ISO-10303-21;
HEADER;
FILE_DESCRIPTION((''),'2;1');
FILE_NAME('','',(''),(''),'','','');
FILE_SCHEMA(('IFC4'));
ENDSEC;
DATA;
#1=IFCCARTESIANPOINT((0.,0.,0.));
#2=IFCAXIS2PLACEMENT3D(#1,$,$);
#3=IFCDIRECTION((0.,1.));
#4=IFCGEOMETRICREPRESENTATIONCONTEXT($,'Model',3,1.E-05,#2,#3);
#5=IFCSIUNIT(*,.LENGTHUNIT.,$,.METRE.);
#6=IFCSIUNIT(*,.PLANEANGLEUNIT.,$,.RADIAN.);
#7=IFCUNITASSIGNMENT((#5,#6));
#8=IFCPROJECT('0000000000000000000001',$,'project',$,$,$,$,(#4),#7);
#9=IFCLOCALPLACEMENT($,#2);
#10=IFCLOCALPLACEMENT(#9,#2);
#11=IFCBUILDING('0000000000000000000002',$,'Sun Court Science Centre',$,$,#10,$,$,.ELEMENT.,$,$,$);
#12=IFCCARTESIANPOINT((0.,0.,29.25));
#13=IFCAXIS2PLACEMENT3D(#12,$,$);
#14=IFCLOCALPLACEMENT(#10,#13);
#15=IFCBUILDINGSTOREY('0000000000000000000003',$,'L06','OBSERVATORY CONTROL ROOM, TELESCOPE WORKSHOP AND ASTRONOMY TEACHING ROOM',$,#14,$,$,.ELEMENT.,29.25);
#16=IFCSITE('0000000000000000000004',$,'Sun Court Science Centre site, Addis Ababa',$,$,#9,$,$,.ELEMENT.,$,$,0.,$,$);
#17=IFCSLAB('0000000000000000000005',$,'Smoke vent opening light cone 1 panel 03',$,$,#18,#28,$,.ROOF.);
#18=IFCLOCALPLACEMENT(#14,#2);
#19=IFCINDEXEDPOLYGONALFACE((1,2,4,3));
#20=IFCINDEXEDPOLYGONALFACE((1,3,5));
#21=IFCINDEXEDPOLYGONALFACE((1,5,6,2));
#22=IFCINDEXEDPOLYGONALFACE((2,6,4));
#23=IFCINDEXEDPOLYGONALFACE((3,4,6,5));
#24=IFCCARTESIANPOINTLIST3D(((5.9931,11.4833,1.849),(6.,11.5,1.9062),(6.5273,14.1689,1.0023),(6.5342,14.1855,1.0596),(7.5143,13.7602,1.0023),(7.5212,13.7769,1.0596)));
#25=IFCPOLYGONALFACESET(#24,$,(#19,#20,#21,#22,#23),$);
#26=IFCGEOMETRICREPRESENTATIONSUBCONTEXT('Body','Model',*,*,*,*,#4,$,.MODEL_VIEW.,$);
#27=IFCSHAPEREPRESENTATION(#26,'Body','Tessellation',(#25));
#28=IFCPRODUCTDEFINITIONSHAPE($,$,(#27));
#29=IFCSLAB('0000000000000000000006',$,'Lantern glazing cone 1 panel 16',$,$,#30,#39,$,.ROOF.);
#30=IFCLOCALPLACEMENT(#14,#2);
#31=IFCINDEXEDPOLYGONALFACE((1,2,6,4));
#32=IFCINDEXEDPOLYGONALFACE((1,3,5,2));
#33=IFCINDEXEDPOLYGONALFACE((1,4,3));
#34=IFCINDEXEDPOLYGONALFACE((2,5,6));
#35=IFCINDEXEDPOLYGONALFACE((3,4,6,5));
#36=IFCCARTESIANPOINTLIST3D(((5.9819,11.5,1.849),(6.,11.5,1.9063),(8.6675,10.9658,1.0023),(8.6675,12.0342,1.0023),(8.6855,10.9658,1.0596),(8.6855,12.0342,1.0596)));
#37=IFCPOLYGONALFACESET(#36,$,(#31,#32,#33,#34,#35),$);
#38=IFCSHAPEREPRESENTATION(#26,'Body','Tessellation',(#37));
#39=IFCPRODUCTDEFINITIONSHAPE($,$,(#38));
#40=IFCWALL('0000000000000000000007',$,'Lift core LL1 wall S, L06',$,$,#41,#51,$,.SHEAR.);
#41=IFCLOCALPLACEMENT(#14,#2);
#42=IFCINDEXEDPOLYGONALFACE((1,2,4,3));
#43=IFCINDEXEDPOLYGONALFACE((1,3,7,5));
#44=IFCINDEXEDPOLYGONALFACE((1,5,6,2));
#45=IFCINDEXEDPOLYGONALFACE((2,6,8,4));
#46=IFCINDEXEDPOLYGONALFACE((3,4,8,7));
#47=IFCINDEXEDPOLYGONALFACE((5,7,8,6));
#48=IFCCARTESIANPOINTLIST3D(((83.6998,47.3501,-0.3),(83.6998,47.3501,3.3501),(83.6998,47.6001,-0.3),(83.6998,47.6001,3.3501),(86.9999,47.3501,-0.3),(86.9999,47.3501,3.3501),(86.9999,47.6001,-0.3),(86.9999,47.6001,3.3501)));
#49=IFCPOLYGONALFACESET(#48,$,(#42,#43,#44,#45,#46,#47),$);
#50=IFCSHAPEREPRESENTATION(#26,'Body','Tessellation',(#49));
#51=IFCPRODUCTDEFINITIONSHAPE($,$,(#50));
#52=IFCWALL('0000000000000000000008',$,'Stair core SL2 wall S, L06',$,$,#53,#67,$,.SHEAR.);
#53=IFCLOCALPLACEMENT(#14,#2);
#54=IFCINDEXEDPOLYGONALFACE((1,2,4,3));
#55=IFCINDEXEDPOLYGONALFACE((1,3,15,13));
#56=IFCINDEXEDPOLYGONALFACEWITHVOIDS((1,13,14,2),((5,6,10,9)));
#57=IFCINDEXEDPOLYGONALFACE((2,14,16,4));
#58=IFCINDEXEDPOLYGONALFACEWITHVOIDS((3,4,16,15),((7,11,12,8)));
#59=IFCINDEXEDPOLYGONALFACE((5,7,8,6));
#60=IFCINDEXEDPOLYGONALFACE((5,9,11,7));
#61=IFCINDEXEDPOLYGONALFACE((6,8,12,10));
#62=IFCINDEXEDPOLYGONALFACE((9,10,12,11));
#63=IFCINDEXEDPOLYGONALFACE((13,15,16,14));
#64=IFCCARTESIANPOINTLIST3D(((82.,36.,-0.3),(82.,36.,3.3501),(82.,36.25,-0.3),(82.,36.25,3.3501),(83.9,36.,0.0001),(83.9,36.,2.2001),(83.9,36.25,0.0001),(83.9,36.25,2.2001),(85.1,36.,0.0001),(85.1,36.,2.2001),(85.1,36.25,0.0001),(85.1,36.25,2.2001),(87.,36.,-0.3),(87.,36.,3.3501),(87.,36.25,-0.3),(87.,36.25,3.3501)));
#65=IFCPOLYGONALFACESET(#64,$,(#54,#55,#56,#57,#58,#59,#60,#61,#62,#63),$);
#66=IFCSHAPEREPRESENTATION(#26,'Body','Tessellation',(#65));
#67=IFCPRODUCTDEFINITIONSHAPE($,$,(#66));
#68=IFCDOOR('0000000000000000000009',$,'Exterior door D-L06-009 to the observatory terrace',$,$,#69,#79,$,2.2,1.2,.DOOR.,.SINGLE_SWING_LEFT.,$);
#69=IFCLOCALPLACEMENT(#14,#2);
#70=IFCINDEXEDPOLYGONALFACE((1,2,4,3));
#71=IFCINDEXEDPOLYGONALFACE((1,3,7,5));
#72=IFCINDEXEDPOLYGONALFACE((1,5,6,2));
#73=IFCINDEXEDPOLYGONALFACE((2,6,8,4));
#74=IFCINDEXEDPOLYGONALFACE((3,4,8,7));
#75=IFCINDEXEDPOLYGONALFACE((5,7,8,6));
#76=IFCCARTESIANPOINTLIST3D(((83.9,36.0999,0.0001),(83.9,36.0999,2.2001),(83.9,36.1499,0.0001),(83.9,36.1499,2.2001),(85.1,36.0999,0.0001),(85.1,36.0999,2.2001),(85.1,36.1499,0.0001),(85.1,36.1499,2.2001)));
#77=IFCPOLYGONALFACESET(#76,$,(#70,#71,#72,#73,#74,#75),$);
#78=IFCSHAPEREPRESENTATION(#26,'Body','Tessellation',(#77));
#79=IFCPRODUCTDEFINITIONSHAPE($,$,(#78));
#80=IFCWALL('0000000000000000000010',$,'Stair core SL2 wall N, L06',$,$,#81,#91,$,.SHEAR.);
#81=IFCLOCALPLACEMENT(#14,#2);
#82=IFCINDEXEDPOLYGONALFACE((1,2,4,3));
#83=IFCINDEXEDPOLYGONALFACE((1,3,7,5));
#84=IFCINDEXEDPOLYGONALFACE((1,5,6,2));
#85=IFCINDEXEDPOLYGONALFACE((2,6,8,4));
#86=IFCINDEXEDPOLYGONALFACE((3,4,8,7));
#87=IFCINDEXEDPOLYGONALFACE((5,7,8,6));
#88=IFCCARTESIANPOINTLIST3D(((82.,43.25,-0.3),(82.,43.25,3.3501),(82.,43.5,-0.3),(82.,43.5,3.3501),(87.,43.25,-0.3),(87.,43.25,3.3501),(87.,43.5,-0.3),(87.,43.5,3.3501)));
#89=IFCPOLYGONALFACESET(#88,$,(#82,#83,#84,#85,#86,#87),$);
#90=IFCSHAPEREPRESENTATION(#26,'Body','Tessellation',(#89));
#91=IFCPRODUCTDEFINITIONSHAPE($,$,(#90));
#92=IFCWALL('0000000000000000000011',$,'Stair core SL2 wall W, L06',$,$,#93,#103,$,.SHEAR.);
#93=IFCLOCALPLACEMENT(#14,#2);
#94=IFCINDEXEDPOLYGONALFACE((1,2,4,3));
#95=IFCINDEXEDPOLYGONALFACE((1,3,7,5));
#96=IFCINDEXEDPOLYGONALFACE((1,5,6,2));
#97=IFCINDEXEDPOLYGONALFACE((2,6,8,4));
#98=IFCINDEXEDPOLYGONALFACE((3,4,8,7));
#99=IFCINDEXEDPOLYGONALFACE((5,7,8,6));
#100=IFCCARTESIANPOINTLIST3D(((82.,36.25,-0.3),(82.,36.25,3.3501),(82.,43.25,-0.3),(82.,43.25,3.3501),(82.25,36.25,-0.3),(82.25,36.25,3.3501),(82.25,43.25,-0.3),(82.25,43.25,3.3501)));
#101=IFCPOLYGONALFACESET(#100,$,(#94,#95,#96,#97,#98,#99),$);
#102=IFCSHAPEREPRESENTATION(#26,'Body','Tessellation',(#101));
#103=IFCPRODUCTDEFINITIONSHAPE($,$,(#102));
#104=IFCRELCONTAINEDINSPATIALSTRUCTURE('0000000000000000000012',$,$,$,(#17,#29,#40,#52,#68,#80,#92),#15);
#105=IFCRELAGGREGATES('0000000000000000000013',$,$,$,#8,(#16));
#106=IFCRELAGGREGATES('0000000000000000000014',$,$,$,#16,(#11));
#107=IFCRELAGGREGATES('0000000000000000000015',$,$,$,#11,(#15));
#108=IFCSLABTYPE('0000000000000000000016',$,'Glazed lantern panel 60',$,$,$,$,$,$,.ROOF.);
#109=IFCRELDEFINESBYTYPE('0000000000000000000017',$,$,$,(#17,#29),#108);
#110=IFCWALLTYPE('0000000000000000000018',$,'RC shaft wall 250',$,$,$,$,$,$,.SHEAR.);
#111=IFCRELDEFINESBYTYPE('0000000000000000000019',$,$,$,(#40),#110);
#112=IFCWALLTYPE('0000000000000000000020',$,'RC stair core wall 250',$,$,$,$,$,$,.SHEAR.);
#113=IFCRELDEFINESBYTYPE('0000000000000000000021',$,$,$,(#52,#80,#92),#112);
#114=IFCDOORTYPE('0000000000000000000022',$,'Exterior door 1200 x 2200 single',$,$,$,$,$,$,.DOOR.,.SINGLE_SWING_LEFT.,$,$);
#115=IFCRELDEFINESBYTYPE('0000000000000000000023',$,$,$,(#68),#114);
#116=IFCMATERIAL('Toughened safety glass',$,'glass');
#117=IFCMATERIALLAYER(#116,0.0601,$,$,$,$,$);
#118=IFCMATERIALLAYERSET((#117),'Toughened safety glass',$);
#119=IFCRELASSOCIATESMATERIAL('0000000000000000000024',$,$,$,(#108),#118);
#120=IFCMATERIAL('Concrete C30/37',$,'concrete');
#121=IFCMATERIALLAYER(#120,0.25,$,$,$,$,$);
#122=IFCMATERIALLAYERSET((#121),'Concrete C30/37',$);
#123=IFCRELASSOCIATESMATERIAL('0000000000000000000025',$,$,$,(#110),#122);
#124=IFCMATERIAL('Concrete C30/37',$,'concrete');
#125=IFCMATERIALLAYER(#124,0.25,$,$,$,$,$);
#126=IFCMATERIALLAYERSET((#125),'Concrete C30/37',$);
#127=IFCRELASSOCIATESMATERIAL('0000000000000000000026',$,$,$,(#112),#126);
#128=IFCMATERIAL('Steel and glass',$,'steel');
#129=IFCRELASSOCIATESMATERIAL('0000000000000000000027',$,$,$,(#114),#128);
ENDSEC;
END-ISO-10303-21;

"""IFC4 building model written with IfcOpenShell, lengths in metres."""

from ifc_helpers import new_model, si_unit, direction, frame, frame_2d, origin, place, context, subcontext, project, spatial, polyline, rectangle, outline, extrude, material, layer, layer_set, type_object, element, fill, save


model = new_model("IFC4")

# Units and contexts
model_context = context("Model", 3, precision=1e-05, world=origin(), true_north=direction((0.0, 1.0)))
body_context = subcontext(model_context, "Body", "Model", "MODEL_VIEW")
ifc_project = project(units=[si_unit("LENGTHUNIT", "METRE"), si_unit("PLANEANGLEUNIT", "RADIAN")], contexts=[model_context])

# Site, building, storey
site_placement = place(None, origin())
site = spatial("IfcSite", under=ifc_project, at=site_placement, Name="Sun Court Science Centre site, Addis Ababa", CompositionType="ELEMENT", RefElevation=0.0)
building_placement = place(site_placement, origin())
building = spatial("IfcBuilding", under=site, at=building_placement, Name="Sun Court Science Centre", CompositionType="ELEMENT")
storey_placement = place(building_placement, frame((0.0, 0.0, 29.25)))
storey = spatial("IfcBuildingStorey", under=building, at=storey_placement, Name="L06", Description="OBSERVATORY CONTROL ROOM, TELESCOPE WORKSHOP AND ASTRONOMY TEACHING ROOM", CompositionType="ELEMENT", Elevation=29.25)

# Slabs
ifc_material_1 = material(Name="Toughened safety glass", Category="glass")
ifc_layer_1 = layer(ifc_material_1, 0.0601)
ifc_layer_set_1 = layer_set([ifc_layer_1], Name="Toughened safety glass")
slab_type = type_object("IfcSlabType", Name="Glazed lantern panel 60", PredefinedType="ROOF", material=ifc_layer_set_1)
slab_1_placement = place(storey_placement, frame((7.5212, 13.7769, 1.0596), z_axis=(0.115025, 0.277804, 0.953726), x_axis=(-0.923933, 0.382554, 0.0)))
element("IfcSlab", 1, at=slab_1_placement, inside=storey, type_object=slab_type, Name="Smoke vent opening light cone 1 panel 03", PredefinedType="ROOF", context=body_context, shape_type="SweptSolid", body=[
    extrude(outline(polyline([(0.0, 0.0), (1.0683, 0.0), (0.5345, 2.8159), (0.0, 0.0)])), origin(), (0.0, 0.0, -1.0), 0.0601),
])
slab_2_placement = place(storey_placement, frame((8.6855, 10.9658, 1.0596), z_axis=(0.300683, 0.0, 0.953724), x_axis=(0.0, 1.0, 0.0)))
element("IfcSlab", 2, at=slab_2_placement, inside=storey, type_object=slab_type, Name="Lantern glazing cone 1 panel 16", PredefinedType="ROOF", context=body_context, shape_type="SweptSolid", body=[
    extrude(outline(polyline([(0.0, 0.0), (1.0684, 0.0), (0.5342, 2.8159), (0.0, 0.0)])), origin(), (0.0, 0.0, -1.0), 0.0601),
])

# Wall
ifc_material_2 = material(Name="Concrete C30/37", Category="concrete")
ifc_layer_2 = layer(ifc_material_2, 0.25)
ifc_layer_set_2 = layer_set([ifc_layer_2], Name="Concrete C30/37")
wall_type_1 = type_object("IfcWallType", Name="RC shaft wall 250", PredefinedType="SHEAR", material=ifc_layer_set_2)
wall_1_placement = place(storey_placement, frame((83.7, 47.4751, -0.3), z_axis=(0.0, 0.0, 1.0), x_axis=(1.0, 0.0, 0.0)))
element("IfcWall", 3, at=wall_1_placement, inside=storey, type_object=wall_type_1, Name="Lift core LL1 wall S, L06", PredefinedType="SHEAR", context=body_context, shape_type="SweptSolid", body=[
    extrude(rectangle(XDim=3.3, YDim=0.25, at=frame_2d((1.6499, 0.0))), origin(), (0.0, 0.0, 1.0), 3.6501),
])

# Wall, opening, door
ifc_material_3 = material(Name="Concrete C30/37", Category="concrete")
ifc_layer_3 = layer(ifc_material_3, 0.25)
ifc_layer_set_3 = layer_set([ifc_layer_3], Name="Concrete C30/37")
wall_type_2 = type_object("IfcWallType", Name="RC stair core wall 250", PredefinedType="SHEAR", material=ifc_layer_set_3)
wall_2_placement = place(storey_placement, frame((82.0, 36.125, -0.3), z_axis=(0.0, 0.0, 1.0), x_axis=(1.0, 0.0, 0.0)))
wall_2 = element("IfcWall", 4, at=wall_2_placement, inside=storey, type_object=wall_type_2, Name="Stair core SL2 wall S, L06", PredefinedType="SHEAR", context=body_context, shape_type="SweptSolid", body=[
    extrude(rectangle(XDim=5.0, YDim=0.25, at=frame_2d((2.5, 0.0))), origin(), (0.0, 0.0, 1.0), 3.6501),
])
opening_placement = place(wall_2_placement, frame((1.8999, 0.0, 0.3)))
opening = element("IfcOpeningElement", 5, at=opening_placement, cuts=wall_2, PredefinedType="OPENING", context=body_context, shape_type="SweptSolid", body=[
    extrude(rectangle(XDim=1.2, YDim=2.2, at=frame_2d((0.6001, 1.1001))), frame((0.0, 0.135, 0.0), z_axis=(0.0, -1.0, 0.0), x_axis=(1.0, 0.0, 0.0)), (0.0, 0.0, 1.0), 0.27),
])
ifc_material_4 = material(Name="Steel and glass", Category="steel")
door_type = type_object("IfcDoorType", Name="Exterior door 1200 x 2200 single", OperationType="SINGLE_SWING_LEFT", PredefinedType="DOOR", material=ifc_material_4)
door_placement = place(opening_placement, origin())
door = element("IfcDoor", 6, at=door_placement, inside=storey, type_object=door_type, Name="Exterior door D-L06-009 to the observatory terrace", OperationType="SINGLE_SWING_LEFT", OverallHeight=2.2, OverallWidth=1.2, PredefinedType="DOOR", context=body_context, shape_type="SweptSolid", body=[
    extrude(rectangle(XDim=1.2, YDim=2.2, at=frame_2d((0.6001, 1.1001))), frame((0.0, 0.0249, 0.0), z_axis=(0.0, -1.0, 0.0), x_axis=(1.0, 0.0, 0.0)), (0.0, 0.0, 1.0), 0.05),
])
fill(opening, door)

# Walls
wall_3_placement = place(storey_placement, frame((82.0, 43.375, -0.3), z_axis=(0.0, 0.0, 1.0), x_axis=(1.0, 0.0, 0.0)))
element("IfcWall", 7, at=wall_3_placement, inside=storey, type_object=wall_type_2, Name="Stair core SL2 wall N, L06", PredefinedType="SHEAR", context=body_context, shape_type="SweptSolid", body=[
    extrude(rectangle(XDim=5.0, YDim=0.25, at=frame_2d((2.5, 0.0))), origin(), (0.0, 0.0, 1.0), 3.6501),
])
wall_4_placement = place(storey_placement, frame((82.125, 36.25, -0.3), z_axis=(0.0, 0.0, 1.0), x_axis=(0.0, 1.0, 0.0)))
element("IfcWall", 8, at=wall_4_placement, inside=storey, type_object=wall_type_2, Name="Stair core SL2 wall W, L06", PredefinedType="SHEAR", context=body_context, shape_type="SweptSolid", body=[
    extrude(rectangle(XDim=7.0, YDim=0.25, at=frame_2d((3.5, 0.0))), origin(), (0.0, 0.0, 1.0), 3.6501),
])

save(model, "model.ifc")
